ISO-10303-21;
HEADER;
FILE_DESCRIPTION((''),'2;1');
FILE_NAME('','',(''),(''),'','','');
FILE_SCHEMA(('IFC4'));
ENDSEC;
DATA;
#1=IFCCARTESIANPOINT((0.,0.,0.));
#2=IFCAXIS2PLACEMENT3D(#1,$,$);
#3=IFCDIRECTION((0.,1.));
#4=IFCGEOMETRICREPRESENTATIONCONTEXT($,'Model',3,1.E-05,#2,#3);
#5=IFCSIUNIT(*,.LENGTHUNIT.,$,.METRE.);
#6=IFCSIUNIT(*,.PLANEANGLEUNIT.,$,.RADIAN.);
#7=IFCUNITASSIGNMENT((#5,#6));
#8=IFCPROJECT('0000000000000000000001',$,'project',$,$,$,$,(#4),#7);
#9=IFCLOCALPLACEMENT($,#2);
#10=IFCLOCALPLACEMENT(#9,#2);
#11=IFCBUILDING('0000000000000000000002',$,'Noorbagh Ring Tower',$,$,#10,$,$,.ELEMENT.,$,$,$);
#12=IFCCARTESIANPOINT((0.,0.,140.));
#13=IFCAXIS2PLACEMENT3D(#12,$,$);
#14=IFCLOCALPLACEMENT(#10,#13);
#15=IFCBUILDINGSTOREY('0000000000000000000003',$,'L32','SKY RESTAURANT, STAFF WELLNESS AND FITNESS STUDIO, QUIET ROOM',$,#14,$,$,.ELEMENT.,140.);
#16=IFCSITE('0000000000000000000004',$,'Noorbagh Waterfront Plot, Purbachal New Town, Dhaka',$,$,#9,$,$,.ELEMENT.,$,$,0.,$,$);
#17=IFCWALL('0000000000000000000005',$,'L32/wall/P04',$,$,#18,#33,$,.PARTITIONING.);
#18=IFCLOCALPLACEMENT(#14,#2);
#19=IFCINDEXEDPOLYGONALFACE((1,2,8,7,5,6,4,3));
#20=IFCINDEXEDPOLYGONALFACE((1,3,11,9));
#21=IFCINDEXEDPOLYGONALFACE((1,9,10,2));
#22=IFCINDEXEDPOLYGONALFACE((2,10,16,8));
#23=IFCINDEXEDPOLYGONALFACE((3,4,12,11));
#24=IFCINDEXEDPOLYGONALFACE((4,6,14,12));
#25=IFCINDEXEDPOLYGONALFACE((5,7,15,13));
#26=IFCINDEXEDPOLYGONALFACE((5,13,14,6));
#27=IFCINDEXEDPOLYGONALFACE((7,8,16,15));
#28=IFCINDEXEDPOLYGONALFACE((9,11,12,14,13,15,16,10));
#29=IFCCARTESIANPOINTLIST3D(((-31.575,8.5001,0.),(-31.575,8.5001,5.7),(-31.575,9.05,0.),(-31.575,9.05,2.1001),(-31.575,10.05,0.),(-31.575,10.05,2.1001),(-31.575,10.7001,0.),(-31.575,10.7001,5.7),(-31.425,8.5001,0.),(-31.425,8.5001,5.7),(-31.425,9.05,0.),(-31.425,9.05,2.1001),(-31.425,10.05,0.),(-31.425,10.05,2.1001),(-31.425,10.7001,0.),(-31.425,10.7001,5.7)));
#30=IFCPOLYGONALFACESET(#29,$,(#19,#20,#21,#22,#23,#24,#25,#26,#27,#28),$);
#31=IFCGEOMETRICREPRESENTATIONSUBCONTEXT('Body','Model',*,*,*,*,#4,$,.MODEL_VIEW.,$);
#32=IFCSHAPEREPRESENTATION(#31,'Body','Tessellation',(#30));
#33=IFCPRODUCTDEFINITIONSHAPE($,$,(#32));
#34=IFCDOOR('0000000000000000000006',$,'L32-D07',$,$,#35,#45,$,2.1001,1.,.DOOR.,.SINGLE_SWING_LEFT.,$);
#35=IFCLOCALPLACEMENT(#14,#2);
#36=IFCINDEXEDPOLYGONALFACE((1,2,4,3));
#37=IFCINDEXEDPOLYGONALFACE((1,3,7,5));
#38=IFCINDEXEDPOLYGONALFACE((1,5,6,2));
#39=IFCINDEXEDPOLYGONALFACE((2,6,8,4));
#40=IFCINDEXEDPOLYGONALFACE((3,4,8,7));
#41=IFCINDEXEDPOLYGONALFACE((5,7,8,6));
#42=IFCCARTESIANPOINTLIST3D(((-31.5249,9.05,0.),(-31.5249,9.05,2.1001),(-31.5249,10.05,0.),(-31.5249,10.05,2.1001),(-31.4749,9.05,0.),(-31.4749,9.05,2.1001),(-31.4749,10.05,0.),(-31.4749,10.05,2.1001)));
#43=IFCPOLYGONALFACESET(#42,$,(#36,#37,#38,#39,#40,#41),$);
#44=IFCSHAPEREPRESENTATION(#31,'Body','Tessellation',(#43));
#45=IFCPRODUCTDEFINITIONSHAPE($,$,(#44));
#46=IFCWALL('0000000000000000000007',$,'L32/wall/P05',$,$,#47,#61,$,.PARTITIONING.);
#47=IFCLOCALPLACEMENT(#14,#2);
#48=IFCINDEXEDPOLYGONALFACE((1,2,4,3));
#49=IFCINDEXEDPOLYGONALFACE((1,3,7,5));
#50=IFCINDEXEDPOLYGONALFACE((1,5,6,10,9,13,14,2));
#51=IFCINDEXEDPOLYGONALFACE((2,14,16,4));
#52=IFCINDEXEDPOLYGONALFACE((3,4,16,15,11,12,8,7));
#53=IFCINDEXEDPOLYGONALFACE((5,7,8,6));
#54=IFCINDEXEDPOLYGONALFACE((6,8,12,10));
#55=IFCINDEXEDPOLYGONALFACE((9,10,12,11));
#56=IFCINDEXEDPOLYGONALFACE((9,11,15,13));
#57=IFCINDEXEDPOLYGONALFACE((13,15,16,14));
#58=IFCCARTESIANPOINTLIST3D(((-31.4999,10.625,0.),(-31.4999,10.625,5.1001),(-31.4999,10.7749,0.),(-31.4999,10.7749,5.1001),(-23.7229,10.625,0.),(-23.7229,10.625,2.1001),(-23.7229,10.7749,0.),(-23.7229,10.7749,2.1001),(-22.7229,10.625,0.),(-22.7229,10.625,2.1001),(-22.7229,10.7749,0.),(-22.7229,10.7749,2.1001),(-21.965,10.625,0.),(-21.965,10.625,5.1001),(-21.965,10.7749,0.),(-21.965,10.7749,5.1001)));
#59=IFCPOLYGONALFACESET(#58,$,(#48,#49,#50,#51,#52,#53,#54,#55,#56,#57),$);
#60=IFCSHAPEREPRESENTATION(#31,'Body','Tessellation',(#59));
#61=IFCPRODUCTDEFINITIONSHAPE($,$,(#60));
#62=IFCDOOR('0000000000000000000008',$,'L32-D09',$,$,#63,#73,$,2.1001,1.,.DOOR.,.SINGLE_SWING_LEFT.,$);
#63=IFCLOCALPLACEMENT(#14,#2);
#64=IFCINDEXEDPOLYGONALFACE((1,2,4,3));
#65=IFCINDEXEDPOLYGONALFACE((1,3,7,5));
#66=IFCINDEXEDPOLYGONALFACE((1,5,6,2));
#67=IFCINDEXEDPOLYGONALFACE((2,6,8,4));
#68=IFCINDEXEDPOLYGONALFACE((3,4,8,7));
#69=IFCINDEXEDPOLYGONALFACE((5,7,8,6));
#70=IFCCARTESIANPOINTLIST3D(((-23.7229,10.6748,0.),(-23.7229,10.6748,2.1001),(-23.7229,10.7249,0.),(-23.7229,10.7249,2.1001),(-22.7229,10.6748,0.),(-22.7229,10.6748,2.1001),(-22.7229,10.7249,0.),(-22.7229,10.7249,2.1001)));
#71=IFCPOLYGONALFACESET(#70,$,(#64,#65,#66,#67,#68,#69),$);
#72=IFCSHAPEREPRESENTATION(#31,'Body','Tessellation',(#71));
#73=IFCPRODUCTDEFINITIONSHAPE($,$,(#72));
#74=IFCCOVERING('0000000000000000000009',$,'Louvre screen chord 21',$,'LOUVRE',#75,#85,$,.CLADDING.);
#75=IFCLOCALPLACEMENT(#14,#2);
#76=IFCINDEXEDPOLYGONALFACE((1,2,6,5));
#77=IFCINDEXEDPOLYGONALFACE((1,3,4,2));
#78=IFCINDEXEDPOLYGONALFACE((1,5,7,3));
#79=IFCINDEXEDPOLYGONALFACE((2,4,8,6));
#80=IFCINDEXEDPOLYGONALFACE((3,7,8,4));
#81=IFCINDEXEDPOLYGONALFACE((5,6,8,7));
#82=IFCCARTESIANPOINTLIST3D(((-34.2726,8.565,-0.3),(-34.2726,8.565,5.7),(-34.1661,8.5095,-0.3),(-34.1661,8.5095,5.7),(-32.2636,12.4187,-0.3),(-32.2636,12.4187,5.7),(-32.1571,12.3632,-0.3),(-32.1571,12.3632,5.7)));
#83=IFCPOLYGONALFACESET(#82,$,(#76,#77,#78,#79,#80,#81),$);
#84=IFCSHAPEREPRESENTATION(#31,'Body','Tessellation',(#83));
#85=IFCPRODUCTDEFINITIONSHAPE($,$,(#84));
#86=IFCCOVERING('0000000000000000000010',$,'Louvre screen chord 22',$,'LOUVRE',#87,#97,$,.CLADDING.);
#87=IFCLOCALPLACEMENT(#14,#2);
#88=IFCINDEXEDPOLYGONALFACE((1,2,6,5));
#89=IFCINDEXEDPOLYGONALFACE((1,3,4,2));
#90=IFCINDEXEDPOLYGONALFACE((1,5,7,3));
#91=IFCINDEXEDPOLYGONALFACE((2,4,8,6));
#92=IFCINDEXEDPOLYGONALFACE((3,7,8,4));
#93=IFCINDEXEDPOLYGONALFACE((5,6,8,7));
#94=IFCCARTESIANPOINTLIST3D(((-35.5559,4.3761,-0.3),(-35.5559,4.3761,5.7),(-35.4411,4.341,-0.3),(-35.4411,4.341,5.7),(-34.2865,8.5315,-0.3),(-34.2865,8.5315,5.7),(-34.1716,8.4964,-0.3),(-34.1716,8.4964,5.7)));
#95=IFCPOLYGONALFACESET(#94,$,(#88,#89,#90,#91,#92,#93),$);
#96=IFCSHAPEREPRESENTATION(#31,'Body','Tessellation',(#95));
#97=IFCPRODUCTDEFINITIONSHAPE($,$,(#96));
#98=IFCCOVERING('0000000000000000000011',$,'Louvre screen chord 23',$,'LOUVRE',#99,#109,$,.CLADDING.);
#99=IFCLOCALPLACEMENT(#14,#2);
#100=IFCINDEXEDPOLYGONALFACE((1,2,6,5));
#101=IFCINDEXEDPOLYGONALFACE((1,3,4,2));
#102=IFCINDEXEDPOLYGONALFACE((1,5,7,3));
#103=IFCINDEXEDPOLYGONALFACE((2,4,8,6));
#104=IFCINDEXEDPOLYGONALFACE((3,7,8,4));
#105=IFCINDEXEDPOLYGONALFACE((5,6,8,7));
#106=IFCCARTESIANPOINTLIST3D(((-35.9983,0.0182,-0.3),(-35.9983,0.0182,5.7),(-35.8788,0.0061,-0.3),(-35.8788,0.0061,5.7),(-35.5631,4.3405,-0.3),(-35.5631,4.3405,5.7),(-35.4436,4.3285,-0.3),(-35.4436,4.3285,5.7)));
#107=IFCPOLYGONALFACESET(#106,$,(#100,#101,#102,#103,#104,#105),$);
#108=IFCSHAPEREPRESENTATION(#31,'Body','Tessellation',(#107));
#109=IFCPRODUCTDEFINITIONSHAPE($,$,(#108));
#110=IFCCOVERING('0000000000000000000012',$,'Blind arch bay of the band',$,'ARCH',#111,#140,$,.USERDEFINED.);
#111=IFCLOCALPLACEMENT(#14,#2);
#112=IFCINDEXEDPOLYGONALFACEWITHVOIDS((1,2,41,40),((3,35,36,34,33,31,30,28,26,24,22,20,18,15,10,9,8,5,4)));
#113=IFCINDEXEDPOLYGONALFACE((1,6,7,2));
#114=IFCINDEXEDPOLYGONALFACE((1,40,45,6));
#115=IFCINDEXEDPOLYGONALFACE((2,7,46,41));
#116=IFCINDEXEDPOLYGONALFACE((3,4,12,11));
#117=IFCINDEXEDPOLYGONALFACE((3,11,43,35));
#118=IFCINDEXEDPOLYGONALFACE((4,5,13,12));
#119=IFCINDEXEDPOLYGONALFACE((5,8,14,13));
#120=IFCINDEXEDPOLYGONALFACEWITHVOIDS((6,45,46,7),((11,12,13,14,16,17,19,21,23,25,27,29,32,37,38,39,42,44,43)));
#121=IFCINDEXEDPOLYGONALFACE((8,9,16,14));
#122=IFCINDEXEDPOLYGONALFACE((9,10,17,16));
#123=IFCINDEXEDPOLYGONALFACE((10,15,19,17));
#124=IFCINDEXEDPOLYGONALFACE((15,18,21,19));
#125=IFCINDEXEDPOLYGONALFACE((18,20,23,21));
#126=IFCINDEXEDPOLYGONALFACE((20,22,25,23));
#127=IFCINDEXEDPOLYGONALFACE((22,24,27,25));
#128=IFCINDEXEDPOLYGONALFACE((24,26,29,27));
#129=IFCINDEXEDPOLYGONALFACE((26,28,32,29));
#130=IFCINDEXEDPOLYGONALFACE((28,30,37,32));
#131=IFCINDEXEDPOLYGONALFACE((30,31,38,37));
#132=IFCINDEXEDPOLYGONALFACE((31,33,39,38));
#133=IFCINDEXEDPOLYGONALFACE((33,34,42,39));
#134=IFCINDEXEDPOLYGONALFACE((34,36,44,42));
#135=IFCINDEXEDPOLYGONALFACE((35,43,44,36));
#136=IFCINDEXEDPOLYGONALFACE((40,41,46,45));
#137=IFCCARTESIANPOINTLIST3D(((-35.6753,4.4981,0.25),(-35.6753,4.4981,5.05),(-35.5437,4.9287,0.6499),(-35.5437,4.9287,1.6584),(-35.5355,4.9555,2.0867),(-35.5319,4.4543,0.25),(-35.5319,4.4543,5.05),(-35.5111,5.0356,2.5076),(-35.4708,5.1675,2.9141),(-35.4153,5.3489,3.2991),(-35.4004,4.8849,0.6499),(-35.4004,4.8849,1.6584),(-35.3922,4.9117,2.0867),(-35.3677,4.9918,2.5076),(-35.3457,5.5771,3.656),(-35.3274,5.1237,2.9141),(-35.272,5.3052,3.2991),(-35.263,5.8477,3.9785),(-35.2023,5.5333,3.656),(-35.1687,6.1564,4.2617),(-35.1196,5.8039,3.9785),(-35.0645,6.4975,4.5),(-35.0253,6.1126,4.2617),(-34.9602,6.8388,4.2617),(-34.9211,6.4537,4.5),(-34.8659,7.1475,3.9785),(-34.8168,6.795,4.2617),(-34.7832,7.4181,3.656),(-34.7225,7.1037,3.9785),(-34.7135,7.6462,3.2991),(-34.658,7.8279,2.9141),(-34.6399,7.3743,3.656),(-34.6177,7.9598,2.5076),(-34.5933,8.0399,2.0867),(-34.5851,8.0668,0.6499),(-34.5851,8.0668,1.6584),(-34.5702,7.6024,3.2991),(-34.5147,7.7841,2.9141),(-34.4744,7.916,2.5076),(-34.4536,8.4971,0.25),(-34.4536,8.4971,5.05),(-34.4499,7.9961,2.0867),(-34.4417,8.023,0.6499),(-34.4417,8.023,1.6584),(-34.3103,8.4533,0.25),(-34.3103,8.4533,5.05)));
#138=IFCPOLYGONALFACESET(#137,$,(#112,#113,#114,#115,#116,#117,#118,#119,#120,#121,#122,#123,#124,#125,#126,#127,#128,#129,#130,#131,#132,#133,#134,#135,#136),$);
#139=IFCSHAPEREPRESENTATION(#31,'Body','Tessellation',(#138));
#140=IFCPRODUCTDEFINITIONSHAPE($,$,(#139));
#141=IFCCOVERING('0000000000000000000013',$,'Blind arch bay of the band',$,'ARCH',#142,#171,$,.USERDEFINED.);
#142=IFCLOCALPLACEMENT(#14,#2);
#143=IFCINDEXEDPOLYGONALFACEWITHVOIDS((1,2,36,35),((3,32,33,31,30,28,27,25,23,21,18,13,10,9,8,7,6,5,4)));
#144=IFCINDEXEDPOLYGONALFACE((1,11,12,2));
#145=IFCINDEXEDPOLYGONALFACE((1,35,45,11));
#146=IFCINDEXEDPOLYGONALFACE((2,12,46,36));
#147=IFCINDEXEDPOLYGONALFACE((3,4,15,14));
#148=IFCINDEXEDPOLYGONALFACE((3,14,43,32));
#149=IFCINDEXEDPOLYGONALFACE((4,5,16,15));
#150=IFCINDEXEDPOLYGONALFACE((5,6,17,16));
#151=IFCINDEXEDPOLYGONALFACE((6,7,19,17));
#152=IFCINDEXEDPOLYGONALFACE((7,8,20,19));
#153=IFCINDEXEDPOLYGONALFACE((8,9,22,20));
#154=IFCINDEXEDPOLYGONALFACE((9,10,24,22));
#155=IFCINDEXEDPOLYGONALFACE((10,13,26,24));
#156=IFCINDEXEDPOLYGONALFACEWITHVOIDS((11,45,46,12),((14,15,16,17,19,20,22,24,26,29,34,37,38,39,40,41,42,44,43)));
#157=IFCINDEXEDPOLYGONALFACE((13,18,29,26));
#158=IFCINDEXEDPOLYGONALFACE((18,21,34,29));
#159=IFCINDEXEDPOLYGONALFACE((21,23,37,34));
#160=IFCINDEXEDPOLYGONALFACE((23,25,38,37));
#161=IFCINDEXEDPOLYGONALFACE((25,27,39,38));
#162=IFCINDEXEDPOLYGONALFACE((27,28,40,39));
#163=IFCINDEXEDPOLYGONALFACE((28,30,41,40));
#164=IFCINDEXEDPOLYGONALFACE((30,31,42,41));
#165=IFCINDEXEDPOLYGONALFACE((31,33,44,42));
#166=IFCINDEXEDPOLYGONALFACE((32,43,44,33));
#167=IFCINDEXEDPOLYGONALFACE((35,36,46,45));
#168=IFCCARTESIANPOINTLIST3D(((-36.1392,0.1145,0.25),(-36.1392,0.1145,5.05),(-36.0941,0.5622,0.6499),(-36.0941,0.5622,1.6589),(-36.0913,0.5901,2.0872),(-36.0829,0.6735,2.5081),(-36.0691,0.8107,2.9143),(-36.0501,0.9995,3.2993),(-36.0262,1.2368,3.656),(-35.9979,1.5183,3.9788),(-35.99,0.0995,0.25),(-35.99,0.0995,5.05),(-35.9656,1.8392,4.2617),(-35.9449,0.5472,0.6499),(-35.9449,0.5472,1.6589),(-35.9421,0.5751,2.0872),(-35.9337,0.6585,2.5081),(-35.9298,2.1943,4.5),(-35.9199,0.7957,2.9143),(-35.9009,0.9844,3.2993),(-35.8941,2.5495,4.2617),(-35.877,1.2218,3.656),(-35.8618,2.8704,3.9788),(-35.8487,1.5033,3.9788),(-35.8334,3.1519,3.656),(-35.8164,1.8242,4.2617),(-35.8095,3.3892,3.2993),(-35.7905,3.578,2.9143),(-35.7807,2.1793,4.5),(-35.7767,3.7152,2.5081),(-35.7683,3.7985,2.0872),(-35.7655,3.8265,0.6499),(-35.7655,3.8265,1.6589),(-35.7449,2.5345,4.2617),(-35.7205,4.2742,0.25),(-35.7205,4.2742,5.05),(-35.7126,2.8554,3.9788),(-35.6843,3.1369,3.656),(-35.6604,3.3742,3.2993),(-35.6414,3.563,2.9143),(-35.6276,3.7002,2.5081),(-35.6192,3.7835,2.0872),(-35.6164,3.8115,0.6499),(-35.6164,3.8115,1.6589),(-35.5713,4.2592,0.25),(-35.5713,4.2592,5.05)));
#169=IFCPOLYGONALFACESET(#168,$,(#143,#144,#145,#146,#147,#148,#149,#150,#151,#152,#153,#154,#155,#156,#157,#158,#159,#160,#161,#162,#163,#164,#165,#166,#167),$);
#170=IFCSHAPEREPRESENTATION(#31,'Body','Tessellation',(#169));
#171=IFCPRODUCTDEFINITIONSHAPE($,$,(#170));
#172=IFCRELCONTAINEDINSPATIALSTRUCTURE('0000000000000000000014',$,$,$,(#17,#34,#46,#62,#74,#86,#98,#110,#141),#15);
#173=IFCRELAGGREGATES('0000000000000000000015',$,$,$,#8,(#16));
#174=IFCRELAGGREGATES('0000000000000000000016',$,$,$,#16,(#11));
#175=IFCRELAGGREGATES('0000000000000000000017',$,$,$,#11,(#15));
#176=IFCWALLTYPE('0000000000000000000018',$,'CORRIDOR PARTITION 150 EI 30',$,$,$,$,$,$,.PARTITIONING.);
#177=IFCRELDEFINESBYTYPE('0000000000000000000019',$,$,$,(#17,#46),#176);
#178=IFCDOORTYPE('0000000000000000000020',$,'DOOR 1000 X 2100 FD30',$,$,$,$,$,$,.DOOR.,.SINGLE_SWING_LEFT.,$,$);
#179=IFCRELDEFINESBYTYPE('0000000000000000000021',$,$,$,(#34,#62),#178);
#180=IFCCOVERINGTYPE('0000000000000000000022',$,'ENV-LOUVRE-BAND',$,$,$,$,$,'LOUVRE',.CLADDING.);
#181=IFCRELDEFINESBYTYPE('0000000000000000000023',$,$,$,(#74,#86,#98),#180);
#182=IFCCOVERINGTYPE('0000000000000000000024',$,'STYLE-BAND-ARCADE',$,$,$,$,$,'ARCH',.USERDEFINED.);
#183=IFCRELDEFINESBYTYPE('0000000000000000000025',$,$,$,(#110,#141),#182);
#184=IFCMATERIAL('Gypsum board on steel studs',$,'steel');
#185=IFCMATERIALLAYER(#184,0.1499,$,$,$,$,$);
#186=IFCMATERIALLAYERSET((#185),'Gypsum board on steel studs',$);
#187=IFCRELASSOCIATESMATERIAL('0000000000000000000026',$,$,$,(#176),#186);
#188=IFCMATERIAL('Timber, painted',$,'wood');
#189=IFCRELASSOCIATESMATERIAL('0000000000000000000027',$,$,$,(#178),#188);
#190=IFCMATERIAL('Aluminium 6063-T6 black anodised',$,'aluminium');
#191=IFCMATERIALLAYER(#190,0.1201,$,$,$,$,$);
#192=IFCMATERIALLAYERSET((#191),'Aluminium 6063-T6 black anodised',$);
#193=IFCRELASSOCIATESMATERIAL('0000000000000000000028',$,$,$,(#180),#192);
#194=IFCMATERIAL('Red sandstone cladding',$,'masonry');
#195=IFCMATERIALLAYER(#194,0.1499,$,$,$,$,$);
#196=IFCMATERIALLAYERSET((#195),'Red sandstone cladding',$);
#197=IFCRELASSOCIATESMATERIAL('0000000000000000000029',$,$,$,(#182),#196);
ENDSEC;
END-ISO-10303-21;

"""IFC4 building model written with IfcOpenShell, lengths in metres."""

from ifc_helpers import new_model, si_unit, direction, frame, frame_2d, origin, origin_2d, place, context, subcontext, project, spatial, polyline, rectangle, outline, extrude, material, layer, layer_set, type_object, element, fill, save


model = new_model("IFC4")

# Units and contexts
model_context = context("Model", 3, precision=1e-05, world=origin(), true_north=direction((0.0, 1.0)))
body_context = subcontext(model_context, "Body", "Model", "MODEL_VIEW")
ifc_project = project(units=[si_unit("LENGTHUNIT", "METRE"), si_unit("PLANEANGLEUNIT", "RADIAN")], contexts=[model_context])

# Site, building, storey
site_placement = place(None, origin())
site = spatial("IfcSite", under=ifc_project, at=site_placement, Name="Noorbagh Waterfront Plot, Purbachal New Town, Dhaka", CompositionType="ELEMENT", RefElevation=0.0)
building_placement = place(site_placement, origin())
building = spatial("IfcBuilding", under=site, at=building_placement, Name="Noorbagh Ring Tower", CompositionType="ELEMENT")
storey_placement = place(building_placement, frame((0.0, 0.0, 140.0)))
storey = spatial("IfcBuildingStorey", under=building, at=storey_placement, Name="L32", Description="SKY RESTAURANT, STAFF WELLNESS AND FITNESS STUDIO, QUIET ROOM", CompositionType="ELEMENT", Elevation=140.0)

# Walls, openings, doors
ifc_material_1 = material(Name="Gypsum board on steel studs", Category="steel")
ifc_layer_1 = layer(ifc_material_1, 0.1499)
ifc_layer_set_1 = layer_set([ifc_layer_1], Name="Gypsum board on steel studs")
wall_type_1 = type_object("IfcWallType", Name="CORRIDOR PARTITION 150 EI 30", PredefinedType="PARTITIONING", material=ifc_layer_set_1)
wall_1_placement = place(storey_placement, frame((-31.5, 8.5, 0.0), z_axis=(0.0, 0.0, 1.0), x_axis=(0.0, 1.0, 0.0)))
wall_1 = element("IfcWall", 1, at=wall_1_placement, inside=storey, type_object=wall_type_1, Name="L32/wall/P04", PredefinedType="PARTITIONING", context=body_context, shape_type="SweptSolid", body=[
    extrude(rectangle(XDim=2.2, YDim=0.1499, at=frame_2d((1.1001, 0.0))), origin(), (0.0, 0.0, 1.0), 5.7),
])
opening_1_placement = place(wall_1_placement, frame((0.55, 0.0, 0.0)))
opening_1 = element("IfcOpeningElement", 2, at=opening_1_placement, cuts=wall_1, PredefinedType="OPENING", context=body_context, shape_type="SweptSolid", body=[
    extrude(rectangle(XDim=1.0, YDim=2.1001, at=frame_2d((0.5, 1.05))), frame((0.0, 0.085, 0.0), z_axis=(0.0, -1.0, 0.0), x_axis=(1.0, 0.0, 0.0)), (0.0, 0.0, 1.0), 0.1699),
])
ifc_material_2 = material(Name="Timber, painted", Category="wood")
door_type_1 = type_object("IfcDoorType", Name="DOOR 1000 X 2100 FD30", OperationType="SINGLE_SWING_LEFT", PredefinedType="DOOR", material=ifc_material_2)
door_1_placement = place(opening_1_placement, origin())
door_1 = element("IfcDoor", 3, at=door_1_placement, inside=storey, type_object=door_type_1, Name="L32-D07", OperationType="SINGLE_SWING_LEFT", OverallHeight=2.1001, OverallWidth=1.0, PredefinedType="DOOR", context=body_context, shape_type="SweptSolid", body=[
    extrude(rectangle(XDim=1.0, YDim=2.1001, at=frame_2d((0.5, 1.05))), frame((0.0, 0.0249, 0.0), z_axis=(0.0, -1.0, 0.0), x_axis=(1.0, 0.0, 0.0)), (0.0, 0.0, 1.0), 0.05),
])
fill(opening_1, door_1)
wall_2_placement = place(storey_placement, frame((-31.5, 10.7, 0.0), z_axis=(0.0, 0.0, 1.0), x_axis=(1.0, 0.0, 0.0)))
wall_2 = element("IfcWall", 4, at=wall_2_placement, inside=storey, type_object=wall_type_1, Name="L32/wall/P05", PredefinedType="PARTITIONING", context=body_context, shape_type="SweptSolid", body=[
    extrude(rectangle(XDim=9.5349, YDim=0.1499, at=frame_2d((4.7676, 0.0))), origin(), (0.0, 0.0, 1.0), 5.1001),
])
opening_2_placement = place(wall_2_placement, frame((7.7771, 0.0, 0.0)))
opening_2 = element("IfcOpeningElement", 5, at=opening_2_placement, cuts=wall_2, PredefinedType="OPENING", context=body_context, shape_type="SweptSolid", body=[
    extrude(rectangle(XDim=1.0, YDim=2.1001, at=frame_2d((0.5, 1.05))), frame((0.0, 0.085, 0.0), z_axis=(0.0, -1.0, 0.0), x_axis=(1.0, 0.0, 0.0)), (0.0, 0.0, 1.0), 0.1699),
])
door_2_placement = place(opening_2_placement, origin())
door_2 = element("IfcDoor", 6, at=door_2_placement, inside=storey, type_object=door_type_1, Name="L32-D09", OperationType="SINGLE_SWING_LEFT", OverallHeight=2.1001, OverallWidth=1.0, PredefinedType="DOOR", context=body_context, shape_type="SweptSolid", body=[
    extrude(rectangle(XDim=1.0, YDim=2.1001, at=frame_2d((0.5, 1.05))), frame((0.0, 0.0249, 0.0), z_axis=(0.0, -1.0, 0.0), x_axis=(1.0, 0.0, 0.0)), (0.0, 0.0, 1.0), 0.05),
])
fill(opening_2, door_2)

# Coverings
ifc_material_3 = material(Name="Aluminium 6063-T6 black anodised", Category="aluminium")
ifc_layer_2 = layer(ifc_material_3, 0.1201)
ifc_layer_set_2 = layer_set([ifc_layer_2], Name="Aluminium 6063-T6 black anodised")
covering_type_1 = type_object("IfcCoveringType", Name="ENV-LOUVRE-BAND", ElementType="LOUVRE", PredefinedType="CLADDING", material=ifc_layer_set_2)
covering_1_placement = place(storey_placement, frame((-33.2148, 10.4641, -0.3), z_axis=(0.0, 0.0, 1.0), x_axis=(-0.462278, -0.886735, 0.0)))
element("IfcCovering", 7, at=covering_1_placement, inside=storey, type_object=covering_type_1, Name="Louvre screen chord 21", ObjectType="LOUVRE", PredefinedType="CLADDING", context=body_context, shape_type="SweptSolid", body=[
    extrude(rectangle(XDim=4.3459, YDim=0.1201, at=origin_2d()), origin(), (0.0, 0.0, 1.0), 6.0),
])
covering_2_placement = place(storey_placement, frame((-34.8638, 6.4363, -0.3), z_axis=(0.0, 0.0, 1.0), x_axis=(-0.29217, -0.956366, 0.0)))
element("IfcCovering", 8, at=covering_2_placement, inside=storey, type_object=covering_type_1, Name="Louvre screen chord 22", ObjectType="LOUVRE", PredefinedType="CLADDING", context=body_context, shape_type="SweptSolid", body=[
    extrude(rectangle(XDim=4.345, YDim=0.1201, at=origin_2d()), origin(), (0.0, 0.0, 1.0), 6.0),
])
covering_3_placement = place(storey_placement, frame((-35.7209, 2.1733, -0.3), z_axis=(0.0, 0.0, 1.0), x_axis=(-0.100178, -0.99497, 0.0)))
element("IfcCovering", 9, at=covering_3_placement, inside=storey, type_object=covering_type_1, Name="Louvre screen chord 23", ObjectType="LOUVRE", PredefinedType="CLADDING", context=body_context, shape_type="SweptSolid", body=[
    extrude(rectangle(XDim=4.3442, YDim=0.1201, at=origin_2d()), origin(), (0.0, 0.0, 1.0), 6.0),
])
ifc_material_4 = material(Name="Red sandstone cladding", Category="masonry")
ifc_layer_3 = layer(ifc_material_4, 0.1499)
ifc_layer_set_3 = layer_set([ifc_layer_3], Name="Red sandstone cladding")
covering_type_2 = type_object("IfcCoveringType", Name="STYLE-BAND-ARCADE", ElementType="ARCH", PredefinedType="USERDEFINED", material=ifc_layer_set_3)
covering_4_placement = place(storey_placement, frame((-34.4536, 8.4971, 0.25), z_axis=(-0.956368, 0.292165, 0.0), x_axis=(-0.292165, -0.956368, 0.0)))
element("IfcCovering", 10, at=covering_4_placement, inside=storey, type_object=covering_type_2, Name="Blind arch bay of the band", ObjectType="ARCH", PredefinedType="USERDEFINED", context=body_context, shape_type="SweptSolid", body=[
    extrude(outline(polyline([(0.0, 0.0), (4.1814, 0.0), (4.1814, 4.8), (0.0, 4.8), (0.0, 0.0)]), holes=[polyline([(0.45, 0.3999), (0.45, 1.4084), (0.478, 1.8367), (0.5618, 2.2576), (0.6997, 2.6641), (0.8896, 3.0491), (1.1282, 3.406), (1.4111, 3.7285), (1.7339, 4.0117), (2.0908, 4.25), (2.4475, 4.0117), (2.7703, 3.7285), (3.0532, 3.406), (3.2917, 3.0491), (3.4814, 2.6641), (3.6194, 2.2576), (3.7031, 1.8367), (3.7312, 1.4084), (3.7312, 0.3999), (0.45, 0.3999)])]), origin(), (0.0, 0.0, -1.0), 0.1499),
])
covering_5_placement = place(storey_placement, frame((-35.7205, 4.2742, 0.25), z_axis=(-0.994972, 0.100151, 0.0), x_axis=(-0.100151, -0.994972, 0.0)))
element("IfcCovering", 11, at=covering_5_placement, inside=storey, type_object=covering_type_2, Name="Blind arch bay of the band", ObjectType="ARCH", PredefinedType="USERDEFINED", context=body_context, shape_type="SweptSolid", body=[
    extrude(outline(polyline([(0.0, 0.0), (4.1807, 0.0), (4.1807, 4.8), (0.0, 4.8), (0.0, 0.0)]), holes=[polyline([(0.45, 0.3999), (0.45, 1.4089), (0.478, 1.8372), (0.5618, 2.2581), (0.6997, 2.6643), (0.8894, 3.0493), (1.1279, 3.406), (1.4109, 3.7288), (1.7334, 4.0117), (2.0903, 4.25), (2.4473, 4.0117), (2.7698, 3.7288), (3.0527, 3.406), (3.2913, 3.0493), (3.481, 2.6643), (3.6189, 2.2581), (3.7026, 1.8372), (3.7307, 1.4089), (3.7307, 0.3999), (0.45, 0.3999)])]), origin(), (0.0, 0.0, -1.0), 0.1499),
])

save(model, "model.ifc")
